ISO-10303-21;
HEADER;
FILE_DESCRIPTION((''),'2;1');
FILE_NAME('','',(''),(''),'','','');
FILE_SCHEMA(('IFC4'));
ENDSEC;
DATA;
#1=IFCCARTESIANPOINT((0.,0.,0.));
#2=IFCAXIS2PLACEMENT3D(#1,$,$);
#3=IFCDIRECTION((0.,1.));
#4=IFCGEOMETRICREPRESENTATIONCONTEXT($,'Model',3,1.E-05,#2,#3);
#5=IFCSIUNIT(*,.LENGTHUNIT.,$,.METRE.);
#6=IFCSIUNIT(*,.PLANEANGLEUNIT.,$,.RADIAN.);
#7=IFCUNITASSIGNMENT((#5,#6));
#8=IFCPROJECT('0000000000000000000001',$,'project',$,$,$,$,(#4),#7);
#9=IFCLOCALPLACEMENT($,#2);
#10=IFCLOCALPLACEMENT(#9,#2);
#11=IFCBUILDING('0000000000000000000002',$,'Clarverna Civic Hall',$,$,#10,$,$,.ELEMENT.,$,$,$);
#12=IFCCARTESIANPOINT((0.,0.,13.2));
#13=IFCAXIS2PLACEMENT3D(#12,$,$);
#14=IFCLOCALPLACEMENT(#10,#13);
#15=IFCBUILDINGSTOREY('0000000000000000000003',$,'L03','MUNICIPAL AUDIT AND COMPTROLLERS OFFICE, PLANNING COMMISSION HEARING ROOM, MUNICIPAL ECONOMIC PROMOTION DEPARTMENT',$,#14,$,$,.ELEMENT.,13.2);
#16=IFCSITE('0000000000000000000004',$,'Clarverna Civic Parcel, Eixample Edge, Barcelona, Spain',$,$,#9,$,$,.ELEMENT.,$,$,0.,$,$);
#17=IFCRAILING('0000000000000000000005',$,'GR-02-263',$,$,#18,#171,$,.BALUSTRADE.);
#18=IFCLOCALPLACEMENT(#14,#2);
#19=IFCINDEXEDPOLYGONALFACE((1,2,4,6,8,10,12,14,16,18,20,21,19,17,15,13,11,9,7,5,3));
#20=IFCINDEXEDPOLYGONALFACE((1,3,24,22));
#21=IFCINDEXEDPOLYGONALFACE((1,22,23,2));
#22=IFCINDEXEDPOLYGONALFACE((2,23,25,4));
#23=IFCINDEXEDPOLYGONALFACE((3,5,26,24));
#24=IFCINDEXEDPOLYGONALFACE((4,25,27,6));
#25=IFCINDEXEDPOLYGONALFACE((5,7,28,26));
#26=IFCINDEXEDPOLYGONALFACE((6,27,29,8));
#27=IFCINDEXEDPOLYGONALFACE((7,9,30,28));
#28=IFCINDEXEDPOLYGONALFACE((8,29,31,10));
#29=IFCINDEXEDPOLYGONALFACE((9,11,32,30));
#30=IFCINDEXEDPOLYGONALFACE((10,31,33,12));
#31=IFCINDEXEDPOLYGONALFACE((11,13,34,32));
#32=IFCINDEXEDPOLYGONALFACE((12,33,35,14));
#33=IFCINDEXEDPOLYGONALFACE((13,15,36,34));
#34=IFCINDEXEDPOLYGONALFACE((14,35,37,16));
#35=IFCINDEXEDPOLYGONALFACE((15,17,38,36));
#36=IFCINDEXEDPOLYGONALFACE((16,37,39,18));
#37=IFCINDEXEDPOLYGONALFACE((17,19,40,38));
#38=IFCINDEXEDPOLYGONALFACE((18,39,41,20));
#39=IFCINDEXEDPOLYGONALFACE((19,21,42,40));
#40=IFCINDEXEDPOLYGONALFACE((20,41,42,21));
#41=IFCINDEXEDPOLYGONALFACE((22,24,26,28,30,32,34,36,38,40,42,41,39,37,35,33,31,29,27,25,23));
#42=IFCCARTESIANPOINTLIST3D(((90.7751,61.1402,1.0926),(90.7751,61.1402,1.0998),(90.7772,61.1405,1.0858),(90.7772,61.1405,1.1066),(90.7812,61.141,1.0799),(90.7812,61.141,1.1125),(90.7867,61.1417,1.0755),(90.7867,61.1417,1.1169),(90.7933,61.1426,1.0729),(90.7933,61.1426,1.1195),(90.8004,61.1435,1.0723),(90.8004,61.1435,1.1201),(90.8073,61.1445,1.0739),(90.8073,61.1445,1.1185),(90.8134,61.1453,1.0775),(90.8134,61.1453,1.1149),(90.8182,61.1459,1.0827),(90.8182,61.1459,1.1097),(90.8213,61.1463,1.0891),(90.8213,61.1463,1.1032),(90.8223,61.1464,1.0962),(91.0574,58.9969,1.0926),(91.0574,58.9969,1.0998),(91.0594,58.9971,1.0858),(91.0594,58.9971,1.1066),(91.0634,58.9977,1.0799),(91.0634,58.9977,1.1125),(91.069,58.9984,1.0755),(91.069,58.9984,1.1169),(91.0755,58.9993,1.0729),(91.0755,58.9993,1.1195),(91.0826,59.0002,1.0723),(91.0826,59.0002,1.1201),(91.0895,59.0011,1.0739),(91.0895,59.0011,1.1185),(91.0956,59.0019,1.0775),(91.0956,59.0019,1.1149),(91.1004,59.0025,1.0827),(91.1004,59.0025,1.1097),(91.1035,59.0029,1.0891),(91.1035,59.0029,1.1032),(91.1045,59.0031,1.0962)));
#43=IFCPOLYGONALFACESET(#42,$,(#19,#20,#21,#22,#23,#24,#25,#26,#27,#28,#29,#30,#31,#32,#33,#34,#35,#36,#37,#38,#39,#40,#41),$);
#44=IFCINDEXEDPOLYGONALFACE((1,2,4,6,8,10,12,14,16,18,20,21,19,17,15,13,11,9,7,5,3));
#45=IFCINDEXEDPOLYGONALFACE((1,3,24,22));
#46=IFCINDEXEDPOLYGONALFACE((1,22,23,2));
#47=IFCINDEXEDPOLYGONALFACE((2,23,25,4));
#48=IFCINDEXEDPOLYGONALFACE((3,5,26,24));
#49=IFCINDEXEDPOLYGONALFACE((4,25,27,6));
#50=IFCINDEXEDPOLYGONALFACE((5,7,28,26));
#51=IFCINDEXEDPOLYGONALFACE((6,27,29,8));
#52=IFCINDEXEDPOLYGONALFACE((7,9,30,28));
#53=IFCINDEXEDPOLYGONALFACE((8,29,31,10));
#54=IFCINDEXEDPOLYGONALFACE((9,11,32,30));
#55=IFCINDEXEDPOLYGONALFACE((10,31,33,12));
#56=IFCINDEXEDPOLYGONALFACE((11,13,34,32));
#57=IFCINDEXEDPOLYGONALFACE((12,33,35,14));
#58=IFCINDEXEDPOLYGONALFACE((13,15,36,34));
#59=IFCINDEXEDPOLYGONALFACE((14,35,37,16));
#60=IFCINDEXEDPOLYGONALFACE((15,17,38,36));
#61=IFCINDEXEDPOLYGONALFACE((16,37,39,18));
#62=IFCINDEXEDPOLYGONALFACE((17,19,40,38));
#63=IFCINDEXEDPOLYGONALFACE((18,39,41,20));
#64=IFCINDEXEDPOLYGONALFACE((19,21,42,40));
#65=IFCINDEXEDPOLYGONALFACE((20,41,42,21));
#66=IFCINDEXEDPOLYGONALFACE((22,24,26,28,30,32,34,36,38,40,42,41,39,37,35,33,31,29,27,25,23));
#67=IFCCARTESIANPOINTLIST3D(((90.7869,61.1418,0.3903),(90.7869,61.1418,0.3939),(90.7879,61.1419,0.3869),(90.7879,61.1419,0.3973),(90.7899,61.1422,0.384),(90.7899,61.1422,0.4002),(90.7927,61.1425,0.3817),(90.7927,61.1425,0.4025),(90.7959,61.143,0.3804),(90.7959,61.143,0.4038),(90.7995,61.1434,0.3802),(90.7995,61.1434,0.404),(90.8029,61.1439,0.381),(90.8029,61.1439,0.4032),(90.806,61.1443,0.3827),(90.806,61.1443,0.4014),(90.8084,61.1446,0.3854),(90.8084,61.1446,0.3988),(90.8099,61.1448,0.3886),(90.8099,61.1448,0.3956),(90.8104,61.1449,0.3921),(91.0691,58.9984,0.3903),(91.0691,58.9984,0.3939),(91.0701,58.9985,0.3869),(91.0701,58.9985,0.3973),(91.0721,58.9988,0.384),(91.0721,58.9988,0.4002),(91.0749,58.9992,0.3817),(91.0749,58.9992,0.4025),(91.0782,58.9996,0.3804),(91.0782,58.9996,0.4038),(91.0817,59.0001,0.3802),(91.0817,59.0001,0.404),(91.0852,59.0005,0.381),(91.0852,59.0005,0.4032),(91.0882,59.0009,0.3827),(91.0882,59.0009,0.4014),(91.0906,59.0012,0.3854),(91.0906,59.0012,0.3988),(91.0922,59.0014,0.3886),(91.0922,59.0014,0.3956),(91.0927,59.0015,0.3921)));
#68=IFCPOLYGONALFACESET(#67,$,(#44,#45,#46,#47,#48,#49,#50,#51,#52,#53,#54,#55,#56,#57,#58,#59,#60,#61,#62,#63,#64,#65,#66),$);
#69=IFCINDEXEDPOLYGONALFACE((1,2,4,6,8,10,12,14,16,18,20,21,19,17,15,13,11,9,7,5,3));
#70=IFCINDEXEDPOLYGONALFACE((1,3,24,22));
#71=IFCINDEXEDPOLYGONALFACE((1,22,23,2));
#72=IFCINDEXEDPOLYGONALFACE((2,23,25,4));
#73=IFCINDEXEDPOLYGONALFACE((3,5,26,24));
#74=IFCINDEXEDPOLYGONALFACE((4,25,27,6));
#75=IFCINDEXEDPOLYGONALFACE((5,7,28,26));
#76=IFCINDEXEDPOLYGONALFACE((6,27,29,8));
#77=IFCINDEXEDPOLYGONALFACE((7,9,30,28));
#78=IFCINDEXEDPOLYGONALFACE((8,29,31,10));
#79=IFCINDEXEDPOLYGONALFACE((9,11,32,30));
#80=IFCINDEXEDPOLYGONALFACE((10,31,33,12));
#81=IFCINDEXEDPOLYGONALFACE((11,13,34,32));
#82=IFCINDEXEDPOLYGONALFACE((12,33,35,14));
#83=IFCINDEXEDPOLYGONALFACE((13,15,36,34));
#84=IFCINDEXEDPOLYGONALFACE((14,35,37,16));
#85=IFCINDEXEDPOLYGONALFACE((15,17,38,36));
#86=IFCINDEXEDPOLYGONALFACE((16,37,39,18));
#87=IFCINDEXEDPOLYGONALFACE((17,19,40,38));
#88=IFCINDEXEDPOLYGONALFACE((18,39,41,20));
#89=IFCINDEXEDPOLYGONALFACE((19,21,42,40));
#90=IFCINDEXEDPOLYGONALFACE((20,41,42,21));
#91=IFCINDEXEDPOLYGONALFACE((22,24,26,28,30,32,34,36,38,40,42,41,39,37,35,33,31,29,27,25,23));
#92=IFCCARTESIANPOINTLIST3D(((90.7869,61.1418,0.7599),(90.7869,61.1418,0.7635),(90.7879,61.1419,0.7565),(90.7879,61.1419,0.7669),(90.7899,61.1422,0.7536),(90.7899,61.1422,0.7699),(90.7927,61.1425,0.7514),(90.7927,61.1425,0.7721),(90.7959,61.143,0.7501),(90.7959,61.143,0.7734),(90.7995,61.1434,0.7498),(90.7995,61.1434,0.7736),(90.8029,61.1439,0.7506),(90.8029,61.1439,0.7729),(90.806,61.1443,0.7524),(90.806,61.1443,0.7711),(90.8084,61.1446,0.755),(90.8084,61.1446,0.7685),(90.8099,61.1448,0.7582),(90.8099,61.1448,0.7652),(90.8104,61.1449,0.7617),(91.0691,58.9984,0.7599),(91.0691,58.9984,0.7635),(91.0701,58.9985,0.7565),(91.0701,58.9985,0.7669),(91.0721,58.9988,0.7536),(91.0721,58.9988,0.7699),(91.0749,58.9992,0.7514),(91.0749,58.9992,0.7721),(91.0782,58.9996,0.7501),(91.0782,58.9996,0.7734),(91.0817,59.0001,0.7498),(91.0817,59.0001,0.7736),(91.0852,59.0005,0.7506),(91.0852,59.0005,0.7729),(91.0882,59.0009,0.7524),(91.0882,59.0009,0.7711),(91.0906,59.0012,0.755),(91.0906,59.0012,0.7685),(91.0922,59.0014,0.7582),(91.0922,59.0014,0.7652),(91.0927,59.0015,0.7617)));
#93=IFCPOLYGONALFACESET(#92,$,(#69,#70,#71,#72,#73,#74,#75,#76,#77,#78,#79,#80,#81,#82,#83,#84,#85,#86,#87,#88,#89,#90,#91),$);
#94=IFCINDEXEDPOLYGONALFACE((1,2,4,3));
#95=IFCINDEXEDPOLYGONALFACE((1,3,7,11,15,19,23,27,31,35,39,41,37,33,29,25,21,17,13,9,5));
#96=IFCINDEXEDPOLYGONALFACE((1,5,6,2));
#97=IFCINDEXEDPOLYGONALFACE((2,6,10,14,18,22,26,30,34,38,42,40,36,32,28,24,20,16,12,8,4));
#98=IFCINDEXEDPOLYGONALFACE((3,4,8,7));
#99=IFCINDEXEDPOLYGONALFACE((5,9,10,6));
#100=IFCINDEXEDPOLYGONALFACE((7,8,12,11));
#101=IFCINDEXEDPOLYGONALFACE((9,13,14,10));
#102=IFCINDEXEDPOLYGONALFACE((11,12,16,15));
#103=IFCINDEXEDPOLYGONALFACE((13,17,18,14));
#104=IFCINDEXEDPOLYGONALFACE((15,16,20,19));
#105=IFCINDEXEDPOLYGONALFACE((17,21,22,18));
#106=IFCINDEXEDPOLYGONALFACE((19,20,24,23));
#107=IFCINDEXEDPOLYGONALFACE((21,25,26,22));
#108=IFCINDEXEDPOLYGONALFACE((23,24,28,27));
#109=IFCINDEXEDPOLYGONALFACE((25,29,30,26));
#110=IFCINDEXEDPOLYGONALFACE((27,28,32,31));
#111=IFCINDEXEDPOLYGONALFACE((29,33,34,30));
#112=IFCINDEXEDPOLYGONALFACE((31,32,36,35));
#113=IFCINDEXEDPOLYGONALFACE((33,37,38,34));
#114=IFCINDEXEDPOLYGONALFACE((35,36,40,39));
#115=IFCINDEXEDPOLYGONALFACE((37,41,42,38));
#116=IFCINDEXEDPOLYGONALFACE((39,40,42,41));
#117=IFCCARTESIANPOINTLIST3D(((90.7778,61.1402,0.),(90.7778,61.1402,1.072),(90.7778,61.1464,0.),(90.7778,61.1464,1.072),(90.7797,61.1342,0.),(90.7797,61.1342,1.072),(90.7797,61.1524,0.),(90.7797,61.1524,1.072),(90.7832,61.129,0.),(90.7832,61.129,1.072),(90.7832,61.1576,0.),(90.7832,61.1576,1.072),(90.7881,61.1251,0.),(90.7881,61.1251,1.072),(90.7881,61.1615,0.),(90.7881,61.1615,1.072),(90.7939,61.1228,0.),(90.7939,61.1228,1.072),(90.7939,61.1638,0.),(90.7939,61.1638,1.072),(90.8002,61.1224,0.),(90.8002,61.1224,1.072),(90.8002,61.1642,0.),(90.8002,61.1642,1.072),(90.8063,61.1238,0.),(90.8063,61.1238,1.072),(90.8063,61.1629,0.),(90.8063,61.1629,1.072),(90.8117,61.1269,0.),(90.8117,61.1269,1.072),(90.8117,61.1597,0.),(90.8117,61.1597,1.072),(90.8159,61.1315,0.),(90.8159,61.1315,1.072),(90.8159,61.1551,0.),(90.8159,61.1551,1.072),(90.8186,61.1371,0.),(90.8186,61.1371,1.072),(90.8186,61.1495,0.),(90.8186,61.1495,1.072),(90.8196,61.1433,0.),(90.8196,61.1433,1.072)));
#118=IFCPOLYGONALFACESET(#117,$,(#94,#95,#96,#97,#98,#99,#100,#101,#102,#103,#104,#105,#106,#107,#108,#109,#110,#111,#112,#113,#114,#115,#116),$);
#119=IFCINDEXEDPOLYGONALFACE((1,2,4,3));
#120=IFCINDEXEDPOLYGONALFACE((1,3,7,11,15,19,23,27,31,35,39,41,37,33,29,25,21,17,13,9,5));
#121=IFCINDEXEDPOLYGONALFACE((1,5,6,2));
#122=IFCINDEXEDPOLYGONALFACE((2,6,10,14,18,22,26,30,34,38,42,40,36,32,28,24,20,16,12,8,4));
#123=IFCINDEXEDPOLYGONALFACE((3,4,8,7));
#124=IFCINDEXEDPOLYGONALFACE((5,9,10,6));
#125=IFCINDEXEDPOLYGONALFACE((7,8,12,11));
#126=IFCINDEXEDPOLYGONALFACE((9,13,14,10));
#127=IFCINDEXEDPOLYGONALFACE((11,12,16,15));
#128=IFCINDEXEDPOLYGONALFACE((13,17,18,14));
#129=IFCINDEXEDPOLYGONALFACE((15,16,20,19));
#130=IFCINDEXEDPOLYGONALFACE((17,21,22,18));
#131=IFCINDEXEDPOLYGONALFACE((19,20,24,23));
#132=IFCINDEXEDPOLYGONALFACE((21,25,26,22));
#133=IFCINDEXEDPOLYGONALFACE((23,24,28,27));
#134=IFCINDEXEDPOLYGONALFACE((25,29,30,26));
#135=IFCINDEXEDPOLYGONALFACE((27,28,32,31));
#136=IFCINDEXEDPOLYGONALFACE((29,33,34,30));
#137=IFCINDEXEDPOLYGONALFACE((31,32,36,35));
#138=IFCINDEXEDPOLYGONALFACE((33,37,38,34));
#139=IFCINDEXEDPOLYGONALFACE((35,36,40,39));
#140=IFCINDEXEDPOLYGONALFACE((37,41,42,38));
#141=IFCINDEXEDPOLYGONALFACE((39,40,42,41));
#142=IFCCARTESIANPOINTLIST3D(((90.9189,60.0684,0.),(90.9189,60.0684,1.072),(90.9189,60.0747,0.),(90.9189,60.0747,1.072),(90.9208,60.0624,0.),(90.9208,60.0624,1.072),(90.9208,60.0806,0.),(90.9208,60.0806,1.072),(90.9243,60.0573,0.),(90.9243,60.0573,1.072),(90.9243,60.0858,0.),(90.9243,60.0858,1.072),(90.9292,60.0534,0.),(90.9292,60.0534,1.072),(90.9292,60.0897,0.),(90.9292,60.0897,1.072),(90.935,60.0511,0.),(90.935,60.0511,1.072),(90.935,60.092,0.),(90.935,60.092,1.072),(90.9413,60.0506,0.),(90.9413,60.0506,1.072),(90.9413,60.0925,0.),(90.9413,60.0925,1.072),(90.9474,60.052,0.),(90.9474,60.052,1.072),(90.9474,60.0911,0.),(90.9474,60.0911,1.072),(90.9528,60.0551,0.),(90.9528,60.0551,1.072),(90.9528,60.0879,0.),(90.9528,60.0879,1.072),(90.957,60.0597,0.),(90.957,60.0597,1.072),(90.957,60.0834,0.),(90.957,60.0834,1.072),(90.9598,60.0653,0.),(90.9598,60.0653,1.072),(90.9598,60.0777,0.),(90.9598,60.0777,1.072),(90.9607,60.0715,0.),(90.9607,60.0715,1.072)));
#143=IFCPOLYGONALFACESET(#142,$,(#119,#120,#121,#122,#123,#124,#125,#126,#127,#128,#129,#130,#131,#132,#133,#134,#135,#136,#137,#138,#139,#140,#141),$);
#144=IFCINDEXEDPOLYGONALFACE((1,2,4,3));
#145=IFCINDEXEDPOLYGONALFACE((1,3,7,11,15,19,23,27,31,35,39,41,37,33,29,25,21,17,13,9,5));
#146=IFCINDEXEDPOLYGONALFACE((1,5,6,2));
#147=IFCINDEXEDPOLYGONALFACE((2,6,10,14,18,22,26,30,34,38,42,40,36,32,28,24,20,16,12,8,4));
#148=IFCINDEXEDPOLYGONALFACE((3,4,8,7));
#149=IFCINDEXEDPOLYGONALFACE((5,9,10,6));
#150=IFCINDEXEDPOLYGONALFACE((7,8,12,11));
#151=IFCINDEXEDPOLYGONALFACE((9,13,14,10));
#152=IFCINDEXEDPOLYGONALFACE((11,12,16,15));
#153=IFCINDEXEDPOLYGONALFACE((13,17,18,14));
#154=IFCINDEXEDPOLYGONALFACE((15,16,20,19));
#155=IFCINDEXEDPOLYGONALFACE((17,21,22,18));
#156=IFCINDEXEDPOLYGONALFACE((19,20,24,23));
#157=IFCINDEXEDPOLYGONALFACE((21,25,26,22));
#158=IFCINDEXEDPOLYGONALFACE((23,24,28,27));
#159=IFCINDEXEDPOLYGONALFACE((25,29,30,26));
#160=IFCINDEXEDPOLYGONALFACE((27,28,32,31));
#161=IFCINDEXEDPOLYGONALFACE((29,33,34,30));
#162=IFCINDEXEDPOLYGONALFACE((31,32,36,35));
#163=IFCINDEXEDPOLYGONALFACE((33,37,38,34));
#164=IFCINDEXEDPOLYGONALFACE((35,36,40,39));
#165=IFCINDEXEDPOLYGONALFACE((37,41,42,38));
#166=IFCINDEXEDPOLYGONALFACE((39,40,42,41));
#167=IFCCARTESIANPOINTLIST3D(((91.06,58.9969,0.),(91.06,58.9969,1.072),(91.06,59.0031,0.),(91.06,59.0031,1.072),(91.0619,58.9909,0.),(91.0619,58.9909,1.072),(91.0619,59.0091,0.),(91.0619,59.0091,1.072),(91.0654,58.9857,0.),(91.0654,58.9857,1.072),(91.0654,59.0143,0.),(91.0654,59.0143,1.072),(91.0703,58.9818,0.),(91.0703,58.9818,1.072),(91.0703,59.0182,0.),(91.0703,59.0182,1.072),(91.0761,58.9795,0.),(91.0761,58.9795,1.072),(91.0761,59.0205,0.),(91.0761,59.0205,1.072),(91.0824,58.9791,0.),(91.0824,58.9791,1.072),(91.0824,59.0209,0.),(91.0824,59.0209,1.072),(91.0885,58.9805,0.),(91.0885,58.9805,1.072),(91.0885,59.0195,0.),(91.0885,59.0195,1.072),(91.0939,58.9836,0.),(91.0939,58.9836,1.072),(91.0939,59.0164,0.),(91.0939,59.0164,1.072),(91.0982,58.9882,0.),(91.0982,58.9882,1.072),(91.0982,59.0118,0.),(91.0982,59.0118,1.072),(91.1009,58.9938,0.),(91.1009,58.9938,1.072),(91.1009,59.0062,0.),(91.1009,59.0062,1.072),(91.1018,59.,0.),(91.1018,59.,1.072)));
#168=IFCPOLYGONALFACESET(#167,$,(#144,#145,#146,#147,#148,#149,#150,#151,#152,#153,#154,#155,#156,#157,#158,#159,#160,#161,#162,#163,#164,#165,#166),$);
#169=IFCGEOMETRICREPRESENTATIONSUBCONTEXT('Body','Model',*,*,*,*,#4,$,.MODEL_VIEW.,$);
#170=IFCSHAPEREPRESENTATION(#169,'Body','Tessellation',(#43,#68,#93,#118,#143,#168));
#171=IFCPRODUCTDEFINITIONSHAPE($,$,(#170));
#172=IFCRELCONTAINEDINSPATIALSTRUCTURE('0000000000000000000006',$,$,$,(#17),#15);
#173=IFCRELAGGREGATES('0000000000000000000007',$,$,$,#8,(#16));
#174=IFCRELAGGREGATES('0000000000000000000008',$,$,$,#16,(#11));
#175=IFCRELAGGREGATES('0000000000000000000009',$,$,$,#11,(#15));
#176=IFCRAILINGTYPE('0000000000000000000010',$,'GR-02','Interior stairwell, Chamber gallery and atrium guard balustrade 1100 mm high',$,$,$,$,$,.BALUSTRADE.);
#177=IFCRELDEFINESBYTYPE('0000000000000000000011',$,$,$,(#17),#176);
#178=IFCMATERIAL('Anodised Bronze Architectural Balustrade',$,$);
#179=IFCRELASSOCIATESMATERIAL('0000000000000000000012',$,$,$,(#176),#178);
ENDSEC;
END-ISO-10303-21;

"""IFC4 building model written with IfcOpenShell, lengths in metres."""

from ifc_helpers import new_model, si_unit, direction, frame, origin, origin_2d, place, context, subcontext, project, spatial, circle, extrude, material, type_object, element, save


model = new_model("IFC4")

# Units and contexts
model_context = context("Model", 3, precision=1e-05, world=origin(), true_north=direction((0.0, 1.0)))
body_context = subcontext(model_context, "Body", "Model", "MODEL_VIEW")
ifc_project = project(units=[si_unit("LENGTHUNIT", "METRE"), si_unit("PLANEANGLEUNIT", "RADIAN")], contexts=[model_context])

# Site, building, storey
site_placement = place(None, origin())
site = spatial("IfcSite", under=ifc_project, at=site_placement, Name="Clarverna Civic Parcel, Eixample Edge, Barcelona, Spain", CompositionType="ELEMENT", RefElevation=0.0)
building_placement = place(site_placement, origin())
building = spatial("IfcBuilding", under=site, at=building_placement, Name="Clarverna Civic Hall", CompositionType="ELEMENT")
storey_placement = place(building_placement, frame((0.0, 0.0, 13.2)))
storey = spatial("IfcBuildingStorey", under=building, at=storey_placement, Name="L03", Description="MUNICIPAL AUDIT AND COMPTROLLERS OFFICE, PLANNING COMMISSION HEARING ROOM, MUNICIPAL ECONOMIC PROMOTION DEPARTMENT", CompositionType="ELEMENT", Elevation=13.2)

# Railing
ifc_material_1 = material(Name="Anodised Bronze Architectural Balustrade")
railing_type = type_object("IfcRailingType", Name="GR-02", Description="Interior stairwell, Chamber gallery and atrium guard balustrade 1100 mm high", PredefinedType="BALUSTRADE", material=ifc_material_1)
railing_1_placement = place(storey_placement, frame((90.7986, 61.1433, 0.0)))
element("IfcRailing", 1, at=railing_1_placement, inside=storey, type_object=railing_type, Name="GR-02-263", PredefinedType="BALUSTRADE", context=body_context, shape_type="SweptSolid", body=[
    extrude(circle(Radius=0.0239, at=origin_2d()), frame((0.0, 0.0, 1.0962), z_axis=(0.130551, -0.991442, 0.0), x_axis=(0.991442, 0.130551, 0.0)), (0.0, 0.0, 1.0), 2.1619),
    extrude(circle(Radius=0.012, at=origin_2d()), frame((0.0, 0.0, 0.3921), z_axis=(0.130551, -0.991442, 0.0), x_axis=(0.991442, 0.130551, 0.0)), (0.0, 0.0, 1.0), 2.1619),
    extrude(circle(Radius=0.012, at=origin_2d()), frame((0.0, 0.0, 0.7617), z_axis=(0.130551, -0.991442, 0.0), x_axis=(0.991442, 0.130551, 0.0)), (0.0, 0.0, 1.0), 2.1619),
    extrude(circle(Radius=0.021, at=origin_2d()), origin(), (0.0, 0.0, 1.0), 1.072),
    extrude(circle(Radius=0.021, at=origin_2d()), frame((0.1411, -1.0718, 0.0)), (0.0, 0.0, 1.0), 1.072),
    extrude(circle(Radius=0.021, at=origin_2d()), frame((0.2822, -2.1433, 0.0)), (0.0, 0.0, 1.0), 1.072),
])

save(model, "model.ifc")
